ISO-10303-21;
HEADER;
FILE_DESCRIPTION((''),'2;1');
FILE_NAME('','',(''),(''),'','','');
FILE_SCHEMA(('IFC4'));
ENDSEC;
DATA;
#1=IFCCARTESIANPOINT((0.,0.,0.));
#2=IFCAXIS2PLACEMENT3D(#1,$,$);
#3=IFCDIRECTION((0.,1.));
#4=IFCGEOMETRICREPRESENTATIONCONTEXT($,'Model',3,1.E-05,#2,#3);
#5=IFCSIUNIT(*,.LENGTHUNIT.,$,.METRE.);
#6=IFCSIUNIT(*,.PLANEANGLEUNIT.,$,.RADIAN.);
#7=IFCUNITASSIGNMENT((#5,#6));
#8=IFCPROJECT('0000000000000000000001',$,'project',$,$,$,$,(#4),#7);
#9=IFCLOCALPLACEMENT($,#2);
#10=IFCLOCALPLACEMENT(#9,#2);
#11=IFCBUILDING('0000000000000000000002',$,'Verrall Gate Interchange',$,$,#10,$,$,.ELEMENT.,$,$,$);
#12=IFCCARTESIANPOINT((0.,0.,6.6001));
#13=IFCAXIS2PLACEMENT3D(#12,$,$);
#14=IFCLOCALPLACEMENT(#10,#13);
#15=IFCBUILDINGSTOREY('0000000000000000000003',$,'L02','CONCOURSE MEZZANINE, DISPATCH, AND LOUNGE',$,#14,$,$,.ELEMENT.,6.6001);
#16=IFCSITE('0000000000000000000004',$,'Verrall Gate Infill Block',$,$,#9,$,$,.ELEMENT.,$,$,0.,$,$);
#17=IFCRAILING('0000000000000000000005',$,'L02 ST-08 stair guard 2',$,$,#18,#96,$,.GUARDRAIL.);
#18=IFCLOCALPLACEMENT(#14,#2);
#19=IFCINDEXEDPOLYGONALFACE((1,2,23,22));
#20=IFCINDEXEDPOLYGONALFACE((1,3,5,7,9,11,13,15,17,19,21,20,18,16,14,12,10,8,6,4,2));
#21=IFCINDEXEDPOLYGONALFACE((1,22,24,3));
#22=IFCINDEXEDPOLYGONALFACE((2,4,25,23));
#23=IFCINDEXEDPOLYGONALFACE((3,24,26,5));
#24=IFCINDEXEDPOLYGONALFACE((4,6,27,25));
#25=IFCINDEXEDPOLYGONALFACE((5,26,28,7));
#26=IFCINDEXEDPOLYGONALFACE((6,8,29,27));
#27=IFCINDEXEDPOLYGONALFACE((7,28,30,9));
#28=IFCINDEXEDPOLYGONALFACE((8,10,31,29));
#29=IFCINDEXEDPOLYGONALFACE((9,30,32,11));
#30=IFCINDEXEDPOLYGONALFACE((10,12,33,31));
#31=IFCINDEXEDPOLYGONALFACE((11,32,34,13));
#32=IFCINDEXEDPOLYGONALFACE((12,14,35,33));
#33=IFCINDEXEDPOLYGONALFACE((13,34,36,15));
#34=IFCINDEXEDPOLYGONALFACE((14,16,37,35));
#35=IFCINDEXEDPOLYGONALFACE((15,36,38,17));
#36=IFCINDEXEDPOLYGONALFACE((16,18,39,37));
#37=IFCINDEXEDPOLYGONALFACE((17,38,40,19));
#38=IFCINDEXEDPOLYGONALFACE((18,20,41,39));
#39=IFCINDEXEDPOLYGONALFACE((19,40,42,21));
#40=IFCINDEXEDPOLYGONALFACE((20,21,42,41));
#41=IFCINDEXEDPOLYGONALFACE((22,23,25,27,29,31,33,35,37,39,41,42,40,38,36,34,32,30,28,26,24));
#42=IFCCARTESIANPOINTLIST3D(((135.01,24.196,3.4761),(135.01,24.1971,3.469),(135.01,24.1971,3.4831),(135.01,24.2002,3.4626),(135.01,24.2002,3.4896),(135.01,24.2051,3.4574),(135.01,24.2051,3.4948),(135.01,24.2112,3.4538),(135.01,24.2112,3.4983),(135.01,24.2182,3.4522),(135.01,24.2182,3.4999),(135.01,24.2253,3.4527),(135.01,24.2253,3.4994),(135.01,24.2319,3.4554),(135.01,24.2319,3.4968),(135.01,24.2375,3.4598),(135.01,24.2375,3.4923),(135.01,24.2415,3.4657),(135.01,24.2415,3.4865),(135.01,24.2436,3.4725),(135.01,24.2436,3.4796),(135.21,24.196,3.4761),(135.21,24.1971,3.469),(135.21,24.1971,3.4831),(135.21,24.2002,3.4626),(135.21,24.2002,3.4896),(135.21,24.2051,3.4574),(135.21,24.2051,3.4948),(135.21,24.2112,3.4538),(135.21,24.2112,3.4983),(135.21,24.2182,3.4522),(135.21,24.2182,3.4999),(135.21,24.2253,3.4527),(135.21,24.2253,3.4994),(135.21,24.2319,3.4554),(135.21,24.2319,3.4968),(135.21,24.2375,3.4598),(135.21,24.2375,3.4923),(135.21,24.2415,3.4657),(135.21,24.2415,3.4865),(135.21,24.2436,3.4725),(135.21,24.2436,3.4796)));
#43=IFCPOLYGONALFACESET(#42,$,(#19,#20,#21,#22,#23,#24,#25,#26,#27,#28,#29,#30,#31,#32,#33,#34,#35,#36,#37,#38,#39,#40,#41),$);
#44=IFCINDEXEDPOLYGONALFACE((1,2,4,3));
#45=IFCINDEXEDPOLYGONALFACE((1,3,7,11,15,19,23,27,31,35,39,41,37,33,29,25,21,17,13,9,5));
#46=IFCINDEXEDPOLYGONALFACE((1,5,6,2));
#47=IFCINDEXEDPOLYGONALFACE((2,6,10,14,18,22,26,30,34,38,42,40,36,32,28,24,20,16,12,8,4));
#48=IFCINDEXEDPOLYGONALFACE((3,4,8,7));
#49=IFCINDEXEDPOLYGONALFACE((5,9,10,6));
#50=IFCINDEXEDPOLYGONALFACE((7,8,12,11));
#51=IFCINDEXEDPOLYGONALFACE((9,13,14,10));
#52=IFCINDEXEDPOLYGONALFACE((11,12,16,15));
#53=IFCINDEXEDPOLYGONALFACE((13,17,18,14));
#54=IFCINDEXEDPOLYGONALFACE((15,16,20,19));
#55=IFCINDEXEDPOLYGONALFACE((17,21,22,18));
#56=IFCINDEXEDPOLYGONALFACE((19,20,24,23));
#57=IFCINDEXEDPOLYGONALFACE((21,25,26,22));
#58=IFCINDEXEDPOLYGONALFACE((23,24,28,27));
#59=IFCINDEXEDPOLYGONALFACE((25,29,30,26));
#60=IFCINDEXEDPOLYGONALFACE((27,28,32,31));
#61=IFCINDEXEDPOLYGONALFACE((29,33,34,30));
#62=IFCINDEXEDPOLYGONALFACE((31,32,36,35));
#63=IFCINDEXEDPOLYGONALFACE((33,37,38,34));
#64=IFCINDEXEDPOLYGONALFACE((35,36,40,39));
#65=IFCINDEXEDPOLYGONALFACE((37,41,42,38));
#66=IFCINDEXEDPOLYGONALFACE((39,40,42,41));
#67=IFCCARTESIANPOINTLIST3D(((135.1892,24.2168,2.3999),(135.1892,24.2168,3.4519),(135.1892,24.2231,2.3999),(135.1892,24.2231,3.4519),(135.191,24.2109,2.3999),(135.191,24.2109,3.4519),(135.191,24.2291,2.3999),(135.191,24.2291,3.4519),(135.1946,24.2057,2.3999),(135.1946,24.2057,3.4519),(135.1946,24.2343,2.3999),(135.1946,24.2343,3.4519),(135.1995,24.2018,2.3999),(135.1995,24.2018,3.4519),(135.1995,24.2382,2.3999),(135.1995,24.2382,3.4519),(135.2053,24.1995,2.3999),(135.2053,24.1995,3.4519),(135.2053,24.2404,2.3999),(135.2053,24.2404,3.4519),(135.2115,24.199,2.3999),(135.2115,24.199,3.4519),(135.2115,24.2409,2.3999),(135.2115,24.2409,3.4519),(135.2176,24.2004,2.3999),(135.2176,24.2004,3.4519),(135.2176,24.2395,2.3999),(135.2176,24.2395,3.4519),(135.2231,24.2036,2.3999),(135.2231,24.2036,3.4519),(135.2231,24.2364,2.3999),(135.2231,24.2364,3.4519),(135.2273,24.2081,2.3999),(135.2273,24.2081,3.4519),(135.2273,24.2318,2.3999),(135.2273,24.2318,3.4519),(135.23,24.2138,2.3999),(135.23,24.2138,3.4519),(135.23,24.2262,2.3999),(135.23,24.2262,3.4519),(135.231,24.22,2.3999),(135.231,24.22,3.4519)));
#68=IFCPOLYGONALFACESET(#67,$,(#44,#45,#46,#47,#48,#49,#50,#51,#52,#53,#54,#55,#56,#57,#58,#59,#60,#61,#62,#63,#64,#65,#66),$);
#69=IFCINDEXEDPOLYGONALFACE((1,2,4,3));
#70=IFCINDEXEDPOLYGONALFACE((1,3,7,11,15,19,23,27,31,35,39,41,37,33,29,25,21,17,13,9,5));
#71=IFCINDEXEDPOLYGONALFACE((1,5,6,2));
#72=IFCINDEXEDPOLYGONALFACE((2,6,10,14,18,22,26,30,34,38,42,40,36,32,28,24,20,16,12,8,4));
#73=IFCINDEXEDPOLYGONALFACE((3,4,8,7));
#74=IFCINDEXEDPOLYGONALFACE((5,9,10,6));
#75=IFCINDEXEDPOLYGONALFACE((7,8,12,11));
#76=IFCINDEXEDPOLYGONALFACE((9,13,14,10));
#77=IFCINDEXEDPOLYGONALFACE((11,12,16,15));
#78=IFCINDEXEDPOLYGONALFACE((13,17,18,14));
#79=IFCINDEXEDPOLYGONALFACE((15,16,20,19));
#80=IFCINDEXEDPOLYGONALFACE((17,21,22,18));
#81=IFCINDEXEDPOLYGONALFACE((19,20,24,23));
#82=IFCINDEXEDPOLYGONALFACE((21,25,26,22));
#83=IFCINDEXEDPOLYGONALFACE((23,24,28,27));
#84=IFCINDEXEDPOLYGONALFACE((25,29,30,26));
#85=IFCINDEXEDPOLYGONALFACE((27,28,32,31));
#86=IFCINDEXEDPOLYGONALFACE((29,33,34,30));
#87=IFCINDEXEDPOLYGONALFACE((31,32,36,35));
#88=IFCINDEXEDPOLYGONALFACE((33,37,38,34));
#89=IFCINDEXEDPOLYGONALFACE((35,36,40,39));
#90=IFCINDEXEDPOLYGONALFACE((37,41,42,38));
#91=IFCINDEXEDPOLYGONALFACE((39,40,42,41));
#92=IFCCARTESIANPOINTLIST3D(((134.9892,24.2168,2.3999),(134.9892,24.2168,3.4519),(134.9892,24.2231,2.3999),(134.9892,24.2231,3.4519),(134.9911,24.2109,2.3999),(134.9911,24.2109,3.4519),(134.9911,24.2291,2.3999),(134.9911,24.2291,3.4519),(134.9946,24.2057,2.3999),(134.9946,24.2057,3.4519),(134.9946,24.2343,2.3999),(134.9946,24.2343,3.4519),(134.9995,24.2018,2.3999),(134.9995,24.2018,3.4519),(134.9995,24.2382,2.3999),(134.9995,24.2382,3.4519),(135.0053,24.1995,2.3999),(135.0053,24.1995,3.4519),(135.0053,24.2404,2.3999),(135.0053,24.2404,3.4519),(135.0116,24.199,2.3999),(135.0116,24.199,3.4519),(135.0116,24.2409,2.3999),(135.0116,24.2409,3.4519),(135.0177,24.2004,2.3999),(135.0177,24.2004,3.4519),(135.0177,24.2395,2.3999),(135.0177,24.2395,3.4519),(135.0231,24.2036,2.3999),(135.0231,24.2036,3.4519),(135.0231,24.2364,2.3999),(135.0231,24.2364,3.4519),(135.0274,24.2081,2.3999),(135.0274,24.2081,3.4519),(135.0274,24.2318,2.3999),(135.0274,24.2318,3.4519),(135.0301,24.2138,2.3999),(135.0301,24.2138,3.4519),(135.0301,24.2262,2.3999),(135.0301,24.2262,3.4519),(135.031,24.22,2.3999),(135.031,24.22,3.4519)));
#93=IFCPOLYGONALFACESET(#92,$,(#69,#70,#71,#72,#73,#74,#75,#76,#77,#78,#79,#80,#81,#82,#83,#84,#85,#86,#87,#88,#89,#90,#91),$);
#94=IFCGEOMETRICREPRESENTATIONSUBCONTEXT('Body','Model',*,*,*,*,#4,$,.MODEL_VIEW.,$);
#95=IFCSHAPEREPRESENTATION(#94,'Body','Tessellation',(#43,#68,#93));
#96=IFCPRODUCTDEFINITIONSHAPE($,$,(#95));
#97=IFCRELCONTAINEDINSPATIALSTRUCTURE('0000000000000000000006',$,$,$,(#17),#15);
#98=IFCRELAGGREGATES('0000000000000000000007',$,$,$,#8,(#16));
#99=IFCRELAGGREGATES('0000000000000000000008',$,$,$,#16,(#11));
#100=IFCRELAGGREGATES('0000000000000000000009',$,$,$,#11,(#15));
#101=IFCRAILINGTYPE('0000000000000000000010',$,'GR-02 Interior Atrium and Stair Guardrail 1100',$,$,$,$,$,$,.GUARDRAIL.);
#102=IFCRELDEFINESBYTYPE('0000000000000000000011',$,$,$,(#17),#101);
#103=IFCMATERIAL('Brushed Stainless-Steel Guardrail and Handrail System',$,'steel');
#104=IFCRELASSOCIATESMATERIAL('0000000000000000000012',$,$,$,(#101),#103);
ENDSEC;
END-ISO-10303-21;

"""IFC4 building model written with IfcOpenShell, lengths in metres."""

from ifc_helpers import new_model, si_unit, direction, frame, origin, origin_2d, place, context, subcontext, project, spatial, circle, extrude, material, type_object, element, save


model = new_model("IFC4")

# Units and contexts
model_context = context("Model", 3, precision=1e-05, world=origin(), true_north=direction((0.0, 1.0)))
body_context = subcontext(model_context, "Body", "Model", "MODEL_VIEW")
ifc_project = project(units=[si_unit("LENGTHUNIT", "METRE"), si_unit("PLANEANGLEUNIT", "RADIAN")], contexts=[model_context])

# Site, building, storey
site_placement = place(None, origin())
site = spatial("IfcSite", under=ifc_project, at=site_placement, Name="Verrall Gate Infill Block", CompositionType="ELEMENT", RefElevation=0.0)
building_placement = place(site_placement, origin())
building = spatial("IfcBuilding", under=site, at=building_placement, Name="Verrall Gate Interchange", CompositionType="ELEMENT")
storey_placement = place(building_placement, frame((0.0, 0.0, 6.6001)))
storey = spatial("IfcBuildingStorey", under=building, at=storey_placement, Name="L02", Description="CONCOURSE MEZZANINE, DISPATCH, AND LOUNGE", CompositionType="ELEMENT", Elevation=6.6001)

# Railing
ifc_material_1 = material(Name="Brushed Stainless-Steel Guardrail and Handrail System", Category="steel")
railing_type_1 = type_object("IfcRailingType", Name="GR-02 Interior Atrium and Stair Guardrail 1100", PredefinedType="GUARDRAIL", material=ifc_material_1)
railing_1_placement = place(storey_placement, frame((135.21, 24.22, 2.3999)))
element("IfcRailing", 1, at=railing_1_placement, inside=storey, type_object=railing_type_1, Name="L02 ST-08 stair guard 2", PredefinedType="GUARDRAIL", context=body_context, shape_type="SweptSolid", body=[
    extrude(circle(Radius=0.0239, at=origin_2d()), frame((0.0, 0.0, 1.0762), z_axis=(-1.0, 0.0, 0.0), x_axis=(0.0, -1.0, 0.0)), (0.0, 0.0, 1.0), 0.2),
    extrude(circle(Radius=0.021, at=origin_2d()), origin(), (0.0, 0.0, 1.0), 1.052),
    extrude(circle(Radius=0.021, at=origin_2d()), frame((-0.2, 0.0, 0.0)), (0.0, 0.0, 1.0), 1.052),
])

save(model, "model.ifc")
